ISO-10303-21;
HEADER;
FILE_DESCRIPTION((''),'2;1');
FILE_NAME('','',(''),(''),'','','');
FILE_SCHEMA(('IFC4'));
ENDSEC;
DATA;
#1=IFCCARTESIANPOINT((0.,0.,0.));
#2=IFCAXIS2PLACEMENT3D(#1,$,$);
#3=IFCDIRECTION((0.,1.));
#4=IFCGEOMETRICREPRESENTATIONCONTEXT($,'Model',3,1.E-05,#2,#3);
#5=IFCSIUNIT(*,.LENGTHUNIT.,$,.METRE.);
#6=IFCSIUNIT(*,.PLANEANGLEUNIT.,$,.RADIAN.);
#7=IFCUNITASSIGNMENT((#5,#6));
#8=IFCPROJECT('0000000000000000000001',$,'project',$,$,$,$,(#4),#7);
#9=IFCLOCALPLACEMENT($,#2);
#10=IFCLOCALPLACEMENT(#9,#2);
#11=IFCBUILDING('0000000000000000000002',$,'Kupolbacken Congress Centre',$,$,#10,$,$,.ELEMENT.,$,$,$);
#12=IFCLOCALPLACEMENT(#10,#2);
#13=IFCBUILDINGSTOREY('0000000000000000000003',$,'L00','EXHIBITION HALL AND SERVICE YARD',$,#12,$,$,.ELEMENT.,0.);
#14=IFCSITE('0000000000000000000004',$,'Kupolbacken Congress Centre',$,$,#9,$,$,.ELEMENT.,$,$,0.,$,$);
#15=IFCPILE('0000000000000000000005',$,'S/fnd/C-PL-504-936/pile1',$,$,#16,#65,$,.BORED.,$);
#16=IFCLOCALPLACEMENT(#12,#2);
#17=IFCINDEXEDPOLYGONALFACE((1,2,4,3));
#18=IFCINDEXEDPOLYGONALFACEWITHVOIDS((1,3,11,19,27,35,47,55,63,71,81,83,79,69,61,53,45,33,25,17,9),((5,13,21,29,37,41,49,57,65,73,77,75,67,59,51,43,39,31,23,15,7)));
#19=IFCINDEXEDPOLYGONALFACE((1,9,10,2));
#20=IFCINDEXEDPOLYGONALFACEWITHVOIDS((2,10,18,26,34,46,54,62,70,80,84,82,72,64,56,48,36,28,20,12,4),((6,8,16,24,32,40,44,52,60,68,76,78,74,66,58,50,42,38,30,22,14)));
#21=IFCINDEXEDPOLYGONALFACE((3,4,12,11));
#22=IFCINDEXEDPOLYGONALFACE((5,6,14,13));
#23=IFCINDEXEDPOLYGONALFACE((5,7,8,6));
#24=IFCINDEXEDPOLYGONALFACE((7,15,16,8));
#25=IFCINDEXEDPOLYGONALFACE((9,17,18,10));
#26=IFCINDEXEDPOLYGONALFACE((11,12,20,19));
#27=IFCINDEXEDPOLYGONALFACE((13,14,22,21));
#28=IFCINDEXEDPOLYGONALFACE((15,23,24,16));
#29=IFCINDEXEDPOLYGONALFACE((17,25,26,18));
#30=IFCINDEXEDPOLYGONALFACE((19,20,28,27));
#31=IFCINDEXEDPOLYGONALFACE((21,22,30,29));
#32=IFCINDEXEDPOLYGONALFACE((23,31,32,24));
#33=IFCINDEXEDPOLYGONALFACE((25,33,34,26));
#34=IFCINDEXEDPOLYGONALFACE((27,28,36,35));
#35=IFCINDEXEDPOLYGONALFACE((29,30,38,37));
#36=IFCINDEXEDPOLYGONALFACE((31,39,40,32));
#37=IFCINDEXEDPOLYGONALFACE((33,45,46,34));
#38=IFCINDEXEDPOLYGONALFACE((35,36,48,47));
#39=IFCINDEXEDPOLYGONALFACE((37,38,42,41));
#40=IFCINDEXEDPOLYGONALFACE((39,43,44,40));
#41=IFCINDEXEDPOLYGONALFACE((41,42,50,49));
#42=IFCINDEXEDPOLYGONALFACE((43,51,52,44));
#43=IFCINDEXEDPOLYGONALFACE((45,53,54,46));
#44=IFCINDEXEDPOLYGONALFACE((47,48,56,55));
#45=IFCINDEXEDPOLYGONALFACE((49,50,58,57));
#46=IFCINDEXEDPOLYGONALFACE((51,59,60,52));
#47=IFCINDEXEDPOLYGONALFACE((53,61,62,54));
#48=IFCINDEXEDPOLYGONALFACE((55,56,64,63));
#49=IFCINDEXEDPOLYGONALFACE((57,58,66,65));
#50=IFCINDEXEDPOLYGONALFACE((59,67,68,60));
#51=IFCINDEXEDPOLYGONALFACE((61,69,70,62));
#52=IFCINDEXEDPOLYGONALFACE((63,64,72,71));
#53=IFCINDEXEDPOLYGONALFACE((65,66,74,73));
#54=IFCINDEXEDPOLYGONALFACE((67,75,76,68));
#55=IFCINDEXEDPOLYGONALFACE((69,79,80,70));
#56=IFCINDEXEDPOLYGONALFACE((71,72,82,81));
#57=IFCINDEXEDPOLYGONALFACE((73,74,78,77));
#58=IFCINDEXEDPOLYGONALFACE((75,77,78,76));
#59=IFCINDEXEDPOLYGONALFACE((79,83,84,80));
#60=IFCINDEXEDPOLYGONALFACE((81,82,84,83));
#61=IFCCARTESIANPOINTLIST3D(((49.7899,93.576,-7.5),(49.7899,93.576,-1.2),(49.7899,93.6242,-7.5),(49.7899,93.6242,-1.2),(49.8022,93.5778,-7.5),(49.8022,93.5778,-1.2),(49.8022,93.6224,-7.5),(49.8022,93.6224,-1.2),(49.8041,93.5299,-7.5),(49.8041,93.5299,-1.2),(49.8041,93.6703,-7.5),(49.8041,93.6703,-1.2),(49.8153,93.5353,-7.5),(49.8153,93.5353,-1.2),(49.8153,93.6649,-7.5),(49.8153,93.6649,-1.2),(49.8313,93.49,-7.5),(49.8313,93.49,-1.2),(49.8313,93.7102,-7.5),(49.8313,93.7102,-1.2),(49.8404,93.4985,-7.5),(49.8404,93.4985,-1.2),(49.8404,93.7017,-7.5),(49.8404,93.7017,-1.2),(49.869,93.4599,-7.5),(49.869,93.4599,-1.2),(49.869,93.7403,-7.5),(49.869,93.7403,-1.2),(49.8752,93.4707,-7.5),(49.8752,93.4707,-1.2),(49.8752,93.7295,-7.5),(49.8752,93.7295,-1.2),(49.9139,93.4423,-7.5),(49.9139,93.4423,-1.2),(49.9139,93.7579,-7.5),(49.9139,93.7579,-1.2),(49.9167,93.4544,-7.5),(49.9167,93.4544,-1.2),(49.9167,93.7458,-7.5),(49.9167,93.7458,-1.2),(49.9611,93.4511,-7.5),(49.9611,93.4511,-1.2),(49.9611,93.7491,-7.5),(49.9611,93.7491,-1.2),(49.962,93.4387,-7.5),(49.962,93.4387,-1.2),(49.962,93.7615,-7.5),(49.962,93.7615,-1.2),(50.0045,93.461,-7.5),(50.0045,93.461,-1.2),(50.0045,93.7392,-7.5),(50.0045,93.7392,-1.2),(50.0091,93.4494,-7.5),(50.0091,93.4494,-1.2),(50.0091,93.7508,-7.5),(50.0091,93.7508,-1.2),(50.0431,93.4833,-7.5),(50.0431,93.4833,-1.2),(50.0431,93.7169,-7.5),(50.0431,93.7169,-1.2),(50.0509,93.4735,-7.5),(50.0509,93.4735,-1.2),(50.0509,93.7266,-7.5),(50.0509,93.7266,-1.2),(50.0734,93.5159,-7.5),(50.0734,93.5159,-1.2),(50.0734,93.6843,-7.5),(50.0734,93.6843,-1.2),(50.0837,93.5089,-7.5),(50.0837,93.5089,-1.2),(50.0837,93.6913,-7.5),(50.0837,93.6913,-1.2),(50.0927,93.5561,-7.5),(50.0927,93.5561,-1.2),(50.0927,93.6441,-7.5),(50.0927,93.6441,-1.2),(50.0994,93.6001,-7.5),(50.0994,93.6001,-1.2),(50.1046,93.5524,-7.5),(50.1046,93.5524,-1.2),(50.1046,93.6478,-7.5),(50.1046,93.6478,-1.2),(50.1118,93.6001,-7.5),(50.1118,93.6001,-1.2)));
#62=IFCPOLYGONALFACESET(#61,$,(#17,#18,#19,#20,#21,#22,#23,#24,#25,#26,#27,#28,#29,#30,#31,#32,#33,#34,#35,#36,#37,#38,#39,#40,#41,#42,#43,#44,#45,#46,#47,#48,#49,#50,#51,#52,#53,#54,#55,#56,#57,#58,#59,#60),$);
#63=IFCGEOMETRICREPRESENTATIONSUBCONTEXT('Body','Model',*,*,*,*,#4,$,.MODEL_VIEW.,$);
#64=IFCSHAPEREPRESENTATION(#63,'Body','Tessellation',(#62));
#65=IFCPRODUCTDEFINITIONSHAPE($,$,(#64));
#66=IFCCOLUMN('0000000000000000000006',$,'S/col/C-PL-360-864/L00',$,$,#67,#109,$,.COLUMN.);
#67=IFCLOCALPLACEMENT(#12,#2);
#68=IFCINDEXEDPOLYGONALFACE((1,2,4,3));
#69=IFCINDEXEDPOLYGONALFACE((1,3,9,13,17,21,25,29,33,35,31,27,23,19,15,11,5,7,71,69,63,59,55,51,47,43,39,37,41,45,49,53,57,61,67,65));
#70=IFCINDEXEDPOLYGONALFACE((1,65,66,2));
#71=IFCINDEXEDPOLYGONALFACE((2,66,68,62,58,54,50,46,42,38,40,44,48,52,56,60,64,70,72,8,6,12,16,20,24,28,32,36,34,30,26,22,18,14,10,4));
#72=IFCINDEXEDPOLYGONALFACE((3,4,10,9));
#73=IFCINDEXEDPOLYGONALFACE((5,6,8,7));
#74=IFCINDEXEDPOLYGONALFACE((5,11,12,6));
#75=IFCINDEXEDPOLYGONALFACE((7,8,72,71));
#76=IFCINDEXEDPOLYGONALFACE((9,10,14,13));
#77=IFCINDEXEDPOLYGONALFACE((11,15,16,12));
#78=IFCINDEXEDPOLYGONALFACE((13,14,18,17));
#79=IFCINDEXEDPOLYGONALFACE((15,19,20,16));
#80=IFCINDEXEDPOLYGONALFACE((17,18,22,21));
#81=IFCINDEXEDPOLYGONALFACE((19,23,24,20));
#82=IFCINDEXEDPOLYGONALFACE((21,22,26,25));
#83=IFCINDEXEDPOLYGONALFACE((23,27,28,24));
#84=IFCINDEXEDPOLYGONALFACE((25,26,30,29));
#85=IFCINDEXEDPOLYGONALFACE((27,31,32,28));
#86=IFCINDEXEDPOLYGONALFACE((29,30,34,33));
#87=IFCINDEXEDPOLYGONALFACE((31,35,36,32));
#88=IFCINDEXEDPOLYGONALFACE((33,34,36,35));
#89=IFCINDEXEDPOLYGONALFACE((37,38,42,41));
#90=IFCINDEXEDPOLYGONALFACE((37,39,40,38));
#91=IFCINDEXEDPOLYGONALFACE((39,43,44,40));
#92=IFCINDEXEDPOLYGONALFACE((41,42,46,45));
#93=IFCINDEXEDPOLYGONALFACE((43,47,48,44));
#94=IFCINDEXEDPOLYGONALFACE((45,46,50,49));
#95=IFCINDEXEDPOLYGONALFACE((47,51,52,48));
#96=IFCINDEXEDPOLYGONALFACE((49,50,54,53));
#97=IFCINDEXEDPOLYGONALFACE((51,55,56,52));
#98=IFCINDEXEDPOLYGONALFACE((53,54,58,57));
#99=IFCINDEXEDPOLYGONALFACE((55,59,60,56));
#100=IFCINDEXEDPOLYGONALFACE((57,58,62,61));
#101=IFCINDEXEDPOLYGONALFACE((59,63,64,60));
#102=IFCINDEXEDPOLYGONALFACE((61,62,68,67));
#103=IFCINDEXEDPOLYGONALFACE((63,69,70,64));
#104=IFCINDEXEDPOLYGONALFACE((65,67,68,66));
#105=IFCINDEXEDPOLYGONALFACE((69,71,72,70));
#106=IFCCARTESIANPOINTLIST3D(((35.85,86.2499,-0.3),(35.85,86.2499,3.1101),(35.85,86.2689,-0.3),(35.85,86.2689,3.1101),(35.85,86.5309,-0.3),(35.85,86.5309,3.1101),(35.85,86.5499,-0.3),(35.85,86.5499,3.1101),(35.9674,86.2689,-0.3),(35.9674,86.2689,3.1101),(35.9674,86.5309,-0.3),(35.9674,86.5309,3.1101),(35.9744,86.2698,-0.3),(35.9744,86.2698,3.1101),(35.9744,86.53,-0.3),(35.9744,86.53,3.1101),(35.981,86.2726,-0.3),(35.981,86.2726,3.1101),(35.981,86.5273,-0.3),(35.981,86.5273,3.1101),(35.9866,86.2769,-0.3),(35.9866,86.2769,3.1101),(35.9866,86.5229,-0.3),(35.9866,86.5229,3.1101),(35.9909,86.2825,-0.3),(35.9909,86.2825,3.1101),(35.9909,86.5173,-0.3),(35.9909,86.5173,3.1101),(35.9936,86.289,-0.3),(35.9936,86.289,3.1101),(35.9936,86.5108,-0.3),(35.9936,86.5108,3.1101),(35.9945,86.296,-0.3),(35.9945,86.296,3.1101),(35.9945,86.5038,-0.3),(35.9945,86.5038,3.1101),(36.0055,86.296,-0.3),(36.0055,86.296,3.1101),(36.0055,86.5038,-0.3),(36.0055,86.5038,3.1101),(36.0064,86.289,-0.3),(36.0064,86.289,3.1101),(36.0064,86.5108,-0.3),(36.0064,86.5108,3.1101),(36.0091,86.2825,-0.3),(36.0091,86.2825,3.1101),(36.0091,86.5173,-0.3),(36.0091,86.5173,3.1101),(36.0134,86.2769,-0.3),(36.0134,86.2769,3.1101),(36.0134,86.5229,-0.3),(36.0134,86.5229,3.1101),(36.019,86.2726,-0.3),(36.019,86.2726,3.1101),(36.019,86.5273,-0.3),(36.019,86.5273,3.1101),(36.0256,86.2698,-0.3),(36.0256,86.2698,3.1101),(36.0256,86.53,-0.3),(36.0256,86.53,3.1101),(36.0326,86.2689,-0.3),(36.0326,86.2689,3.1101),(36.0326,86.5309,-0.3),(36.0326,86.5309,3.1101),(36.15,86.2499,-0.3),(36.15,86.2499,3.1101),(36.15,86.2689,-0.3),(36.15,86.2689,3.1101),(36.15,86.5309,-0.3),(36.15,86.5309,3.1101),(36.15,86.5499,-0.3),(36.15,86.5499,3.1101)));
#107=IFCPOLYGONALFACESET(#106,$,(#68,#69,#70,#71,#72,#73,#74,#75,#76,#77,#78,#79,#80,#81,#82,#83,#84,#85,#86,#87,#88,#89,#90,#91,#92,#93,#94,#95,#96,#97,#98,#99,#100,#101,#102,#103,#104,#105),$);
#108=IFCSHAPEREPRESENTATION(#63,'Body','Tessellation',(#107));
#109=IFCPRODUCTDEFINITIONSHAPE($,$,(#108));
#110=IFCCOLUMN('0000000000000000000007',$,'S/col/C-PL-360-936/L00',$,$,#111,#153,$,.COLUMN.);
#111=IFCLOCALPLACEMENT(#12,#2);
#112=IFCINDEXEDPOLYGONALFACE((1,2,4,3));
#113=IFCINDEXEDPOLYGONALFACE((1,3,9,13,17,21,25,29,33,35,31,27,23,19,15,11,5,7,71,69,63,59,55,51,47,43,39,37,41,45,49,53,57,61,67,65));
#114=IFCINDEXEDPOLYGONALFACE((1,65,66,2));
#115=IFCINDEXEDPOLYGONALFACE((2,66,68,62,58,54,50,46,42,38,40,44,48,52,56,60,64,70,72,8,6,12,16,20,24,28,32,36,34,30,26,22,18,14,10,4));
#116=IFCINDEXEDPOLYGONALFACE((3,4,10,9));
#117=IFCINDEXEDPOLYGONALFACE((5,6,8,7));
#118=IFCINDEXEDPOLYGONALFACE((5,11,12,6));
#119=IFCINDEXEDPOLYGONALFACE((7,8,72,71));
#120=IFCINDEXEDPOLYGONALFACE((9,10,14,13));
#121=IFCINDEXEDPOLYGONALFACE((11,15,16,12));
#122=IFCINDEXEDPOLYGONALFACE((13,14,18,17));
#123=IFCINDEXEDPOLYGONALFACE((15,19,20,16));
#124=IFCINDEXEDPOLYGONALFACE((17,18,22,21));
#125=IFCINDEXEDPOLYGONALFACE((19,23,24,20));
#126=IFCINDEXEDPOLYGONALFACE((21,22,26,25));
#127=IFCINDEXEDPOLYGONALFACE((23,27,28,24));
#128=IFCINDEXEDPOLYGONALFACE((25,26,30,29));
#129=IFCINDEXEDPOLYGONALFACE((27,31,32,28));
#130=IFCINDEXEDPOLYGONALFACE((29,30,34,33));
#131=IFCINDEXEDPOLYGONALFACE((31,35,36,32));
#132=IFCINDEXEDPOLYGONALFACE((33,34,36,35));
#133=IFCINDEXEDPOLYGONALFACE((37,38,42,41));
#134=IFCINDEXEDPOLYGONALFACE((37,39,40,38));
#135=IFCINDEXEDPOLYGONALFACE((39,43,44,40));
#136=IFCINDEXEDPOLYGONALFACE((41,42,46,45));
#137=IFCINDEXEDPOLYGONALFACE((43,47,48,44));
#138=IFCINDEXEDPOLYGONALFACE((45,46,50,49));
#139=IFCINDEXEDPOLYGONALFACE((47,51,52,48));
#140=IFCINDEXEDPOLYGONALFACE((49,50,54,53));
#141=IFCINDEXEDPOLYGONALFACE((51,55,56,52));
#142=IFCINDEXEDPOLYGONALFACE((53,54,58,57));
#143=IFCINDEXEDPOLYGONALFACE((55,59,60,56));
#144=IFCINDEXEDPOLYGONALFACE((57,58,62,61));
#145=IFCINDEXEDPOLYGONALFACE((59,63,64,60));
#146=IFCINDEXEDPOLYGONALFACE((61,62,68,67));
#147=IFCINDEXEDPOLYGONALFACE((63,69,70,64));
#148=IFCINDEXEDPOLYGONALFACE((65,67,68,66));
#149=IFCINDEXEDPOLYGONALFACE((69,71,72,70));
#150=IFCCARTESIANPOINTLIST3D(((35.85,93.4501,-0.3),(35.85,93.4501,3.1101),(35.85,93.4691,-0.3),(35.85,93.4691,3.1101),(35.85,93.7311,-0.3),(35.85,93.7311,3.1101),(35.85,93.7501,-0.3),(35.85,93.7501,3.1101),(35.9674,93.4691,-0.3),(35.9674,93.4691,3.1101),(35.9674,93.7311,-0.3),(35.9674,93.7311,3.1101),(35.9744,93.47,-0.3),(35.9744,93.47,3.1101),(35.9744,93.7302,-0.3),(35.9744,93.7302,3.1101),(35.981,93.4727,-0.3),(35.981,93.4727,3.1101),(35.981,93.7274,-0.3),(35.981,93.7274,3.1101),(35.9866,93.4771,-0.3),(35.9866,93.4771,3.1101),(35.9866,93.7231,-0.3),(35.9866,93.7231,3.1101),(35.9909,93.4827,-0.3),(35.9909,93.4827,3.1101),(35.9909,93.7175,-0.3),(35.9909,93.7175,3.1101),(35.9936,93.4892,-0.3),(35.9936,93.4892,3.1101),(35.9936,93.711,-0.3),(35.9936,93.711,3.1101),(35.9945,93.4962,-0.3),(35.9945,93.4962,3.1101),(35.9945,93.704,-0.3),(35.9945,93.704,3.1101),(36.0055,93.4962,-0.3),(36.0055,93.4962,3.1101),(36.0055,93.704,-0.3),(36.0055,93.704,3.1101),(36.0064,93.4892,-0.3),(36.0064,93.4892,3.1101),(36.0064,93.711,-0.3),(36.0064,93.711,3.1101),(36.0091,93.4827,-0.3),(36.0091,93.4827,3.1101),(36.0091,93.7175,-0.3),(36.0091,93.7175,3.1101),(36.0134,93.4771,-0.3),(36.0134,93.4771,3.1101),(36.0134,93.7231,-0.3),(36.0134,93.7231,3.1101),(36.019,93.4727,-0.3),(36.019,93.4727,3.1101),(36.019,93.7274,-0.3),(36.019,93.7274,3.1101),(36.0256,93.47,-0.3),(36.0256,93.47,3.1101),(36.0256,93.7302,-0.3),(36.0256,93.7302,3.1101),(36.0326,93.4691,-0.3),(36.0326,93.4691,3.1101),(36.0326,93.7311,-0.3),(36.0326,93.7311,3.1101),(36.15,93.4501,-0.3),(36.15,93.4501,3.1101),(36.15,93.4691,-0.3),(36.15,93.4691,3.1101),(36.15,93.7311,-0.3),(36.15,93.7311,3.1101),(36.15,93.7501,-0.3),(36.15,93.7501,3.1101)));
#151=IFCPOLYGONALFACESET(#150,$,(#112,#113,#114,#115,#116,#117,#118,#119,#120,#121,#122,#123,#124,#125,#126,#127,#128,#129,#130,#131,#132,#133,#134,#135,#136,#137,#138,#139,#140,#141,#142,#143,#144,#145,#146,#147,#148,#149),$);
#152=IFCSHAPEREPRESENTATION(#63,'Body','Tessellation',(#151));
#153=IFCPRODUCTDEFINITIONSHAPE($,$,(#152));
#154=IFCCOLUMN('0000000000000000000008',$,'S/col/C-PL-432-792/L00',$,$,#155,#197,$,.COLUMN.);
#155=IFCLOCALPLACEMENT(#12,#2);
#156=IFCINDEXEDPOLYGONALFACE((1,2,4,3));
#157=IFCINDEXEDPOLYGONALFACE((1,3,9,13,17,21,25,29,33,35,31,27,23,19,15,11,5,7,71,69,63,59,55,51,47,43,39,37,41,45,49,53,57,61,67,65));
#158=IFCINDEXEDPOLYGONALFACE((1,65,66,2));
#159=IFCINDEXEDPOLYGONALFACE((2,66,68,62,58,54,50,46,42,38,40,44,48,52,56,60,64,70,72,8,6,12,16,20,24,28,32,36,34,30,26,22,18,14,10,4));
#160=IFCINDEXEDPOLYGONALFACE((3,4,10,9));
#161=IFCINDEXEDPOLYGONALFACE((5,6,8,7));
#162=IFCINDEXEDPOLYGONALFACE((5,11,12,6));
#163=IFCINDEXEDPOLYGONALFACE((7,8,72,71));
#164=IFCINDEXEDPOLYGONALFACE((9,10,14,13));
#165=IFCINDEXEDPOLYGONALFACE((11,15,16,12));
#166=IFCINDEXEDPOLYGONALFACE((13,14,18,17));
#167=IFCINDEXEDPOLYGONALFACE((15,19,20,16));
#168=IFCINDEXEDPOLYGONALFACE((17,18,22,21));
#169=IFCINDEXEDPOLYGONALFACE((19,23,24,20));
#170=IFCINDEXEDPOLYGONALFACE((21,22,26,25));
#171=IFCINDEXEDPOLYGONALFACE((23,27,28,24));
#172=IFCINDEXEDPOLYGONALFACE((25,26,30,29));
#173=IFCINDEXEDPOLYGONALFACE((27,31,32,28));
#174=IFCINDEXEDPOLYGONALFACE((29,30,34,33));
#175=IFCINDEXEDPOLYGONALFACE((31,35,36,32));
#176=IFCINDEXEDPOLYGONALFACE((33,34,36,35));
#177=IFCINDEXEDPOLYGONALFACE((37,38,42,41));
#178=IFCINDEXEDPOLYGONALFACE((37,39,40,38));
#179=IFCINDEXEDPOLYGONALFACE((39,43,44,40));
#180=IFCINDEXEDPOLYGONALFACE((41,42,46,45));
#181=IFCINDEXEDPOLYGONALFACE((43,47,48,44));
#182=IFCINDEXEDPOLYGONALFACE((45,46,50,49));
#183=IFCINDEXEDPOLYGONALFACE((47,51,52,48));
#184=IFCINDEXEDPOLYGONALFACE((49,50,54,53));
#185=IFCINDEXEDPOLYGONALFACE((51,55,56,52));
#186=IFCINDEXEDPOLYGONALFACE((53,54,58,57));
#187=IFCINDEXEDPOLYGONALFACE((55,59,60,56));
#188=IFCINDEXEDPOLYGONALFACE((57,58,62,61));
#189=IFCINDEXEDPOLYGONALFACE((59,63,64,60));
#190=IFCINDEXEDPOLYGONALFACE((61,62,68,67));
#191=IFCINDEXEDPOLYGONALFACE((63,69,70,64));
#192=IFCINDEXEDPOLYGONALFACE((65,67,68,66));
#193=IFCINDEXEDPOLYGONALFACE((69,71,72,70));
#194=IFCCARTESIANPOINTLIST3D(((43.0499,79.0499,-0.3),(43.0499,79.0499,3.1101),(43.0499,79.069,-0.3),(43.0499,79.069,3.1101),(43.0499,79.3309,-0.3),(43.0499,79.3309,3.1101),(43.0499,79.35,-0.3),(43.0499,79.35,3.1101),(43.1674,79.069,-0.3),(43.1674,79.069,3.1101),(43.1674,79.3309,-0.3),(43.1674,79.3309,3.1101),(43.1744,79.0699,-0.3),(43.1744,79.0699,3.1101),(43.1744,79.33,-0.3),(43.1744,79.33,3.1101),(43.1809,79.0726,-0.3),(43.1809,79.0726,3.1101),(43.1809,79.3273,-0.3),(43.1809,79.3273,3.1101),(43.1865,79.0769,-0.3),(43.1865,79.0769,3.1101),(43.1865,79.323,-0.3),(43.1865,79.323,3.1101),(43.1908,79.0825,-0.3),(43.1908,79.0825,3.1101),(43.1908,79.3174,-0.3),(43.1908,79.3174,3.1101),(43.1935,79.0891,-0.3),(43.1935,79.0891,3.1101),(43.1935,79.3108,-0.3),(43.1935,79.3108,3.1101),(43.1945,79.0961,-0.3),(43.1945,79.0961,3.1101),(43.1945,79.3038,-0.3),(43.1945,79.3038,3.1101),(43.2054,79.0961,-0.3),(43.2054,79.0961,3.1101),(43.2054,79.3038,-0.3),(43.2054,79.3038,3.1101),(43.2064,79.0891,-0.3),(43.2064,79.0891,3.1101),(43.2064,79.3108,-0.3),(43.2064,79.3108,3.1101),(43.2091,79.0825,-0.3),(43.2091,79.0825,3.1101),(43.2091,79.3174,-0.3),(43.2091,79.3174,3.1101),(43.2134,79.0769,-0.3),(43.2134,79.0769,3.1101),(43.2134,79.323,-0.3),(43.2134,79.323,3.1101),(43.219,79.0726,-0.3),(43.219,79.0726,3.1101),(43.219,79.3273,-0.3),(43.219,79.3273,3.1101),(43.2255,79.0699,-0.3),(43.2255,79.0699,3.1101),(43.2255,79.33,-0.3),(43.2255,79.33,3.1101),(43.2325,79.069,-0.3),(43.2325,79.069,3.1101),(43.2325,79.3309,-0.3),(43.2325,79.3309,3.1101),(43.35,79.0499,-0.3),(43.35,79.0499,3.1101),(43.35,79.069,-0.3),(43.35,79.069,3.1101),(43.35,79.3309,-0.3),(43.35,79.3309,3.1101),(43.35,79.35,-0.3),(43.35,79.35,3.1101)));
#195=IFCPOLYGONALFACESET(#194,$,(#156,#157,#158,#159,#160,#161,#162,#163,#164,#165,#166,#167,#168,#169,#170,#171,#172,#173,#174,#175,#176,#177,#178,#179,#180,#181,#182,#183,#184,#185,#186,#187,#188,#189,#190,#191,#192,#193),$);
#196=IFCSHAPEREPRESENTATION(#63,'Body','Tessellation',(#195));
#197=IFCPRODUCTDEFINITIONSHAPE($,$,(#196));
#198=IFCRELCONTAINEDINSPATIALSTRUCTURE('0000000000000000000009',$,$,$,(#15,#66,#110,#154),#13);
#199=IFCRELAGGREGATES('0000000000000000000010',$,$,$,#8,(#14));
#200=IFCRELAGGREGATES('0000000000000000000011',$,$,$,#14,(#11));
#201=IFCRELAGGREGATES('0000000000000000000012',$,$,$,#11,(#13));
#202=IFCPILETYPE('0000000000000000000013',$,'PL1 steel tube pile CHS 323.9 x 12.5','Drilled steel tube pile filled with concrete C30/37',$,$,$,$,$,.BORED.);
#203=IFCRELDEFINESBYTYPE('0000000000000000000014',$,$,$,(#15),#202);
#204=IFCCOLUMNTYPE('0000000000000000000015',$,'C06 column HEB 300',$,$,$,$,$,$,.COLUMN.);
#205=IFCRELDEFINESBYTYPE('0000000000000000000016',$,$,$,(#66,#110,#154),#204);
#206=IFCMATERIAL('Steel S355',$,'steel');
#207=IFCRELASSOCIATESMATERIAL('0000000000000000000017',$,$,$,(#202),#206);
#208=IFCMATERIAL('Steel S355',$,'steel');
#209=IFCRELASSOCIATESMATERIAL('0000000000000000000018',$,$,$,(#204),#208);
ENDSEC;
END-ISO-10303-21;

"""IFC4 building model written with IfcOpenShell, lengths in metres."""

from ifc_helpers import new_model, si_unit, direction, frame, origin, origin_2d, place, context, subcontext, project, spatial, hollow_circle, i_section, extrude, material, material_profile, profile_set, type_object, element, save


model = new_model("IFC4")

# Units and contexts
model_context = context("Model", 3, precision=1e-05, world=origin(), true_north=direction((0.0, 1.0)))
body_context = subcontext(model_context, "Body", "Model", "MODEL_VIEW")
ifc_project = project(units=[si_unit("LENGTHUNIT", "METRE"), si_unit("PLANEANGLEUNIT", "RADIAN")], contexts=[model_context])

# Site, building, storey
site_placement = place(None, origin())
site = spatial("IfcSite", under=ifc_project, at=site_placement, Name="Kupolbacken Congress Centre", CompositionType="ELEMENT", RefElevation=0.0)
building_placement = place(site_placement, origin())
building = spatial("IfcBuilding", under=site, at=building_placement, Name="Kupolbacken Congress Centre", CompositionType="ELEMENT")
storey_placement = place(building_placement, origin())
storey = spatial("IfcBuildingStorey", under=building, at=storey_placement, Name="L00", Description="EXHIBITION HALL AND SERVICE YARD", CompositionType="ELEMENT", Elevation=0.0)

# Pile
ifc_material_1 = material(Name="Steel S355", Category="steel")
ifc_material_profile_1 = material_profile(ifc_material_1, hollow_circle(Radius=0.1619, WallThickness=0.0125, at=origin_2d()), Name="CHS 323.9 x 12.5")
ifc_profile_set_1 = profile_set([ifc_material_profile_1], Name="Steel S355")
pile_type = type_object("IfcPileType", Name="PL1 steel tube pile CHS 323.9 x 12.5", Description="Drilled steel tube pile filled with concrete C30/37", PredefinedType="BORED", material=ifc_profile_set_1)
for number, where, z_axis, x_axis, name in (
    (1, (49.95, 93.6001, -1.2), (0.0, 0.0, -1.0), (1.0, 0.0, 0.0), "S/fnd/C-PL-504-936/pile1"),
):
    element("IfcPile", number, at=place(storey_placement, frame(where, z_axis=z_axis, x_axis=x_axis)), inside=storey, type_object=pile_type, Name=name, PredefinedType="BORED", context=body_context, shape_type="SweptSolid", body=[
        extrude(hollow_circle(Radius=0.1619, WallThickness=0.0125, at=origin_2d()), origin(), (0.0, 0.0, 1.0), 6.3),
    ])

# Columns
ifc_material_2 = material(Name="Steel S355", Category="steel")
ifc_material_profile_2 = material_profile(ifc_material_2, i_section(OverallWidth=0.3, OverallDepth=0.3, WebThickness=0.011, FlangeThickness=0.019, FilletRadius=0.0271, at=origin_2d()), Name="HEB 300")
ifc_profile_set_2 = profile_set([ifc_material_profile_2], Name="Steel S355")
column_type = type_object("IfcColumnType", Name="C06 column HEB 300", PredefinedType="COLUMN", material=ifc_profile_set_2)
for number, where, z_axis, x_axis, name in (
    (2, (36.0, 86.3999, -0.3), (0.0, 0.0, 1.0), (1.0, 0.0, 0.0), "S/col/C-PL-360-864/L00"),
    (3, (36.0, 93.6001, -0.3), (0.0, 0.0, 1.0), (1.0, 0.0, 0.0), "S/col/C-PL-360-936/L00"),
    (4, (43.2, 79.2, -0.3), (0.0, 0.0, 1.0), (1.0, 0.0, 0.0), "S/col/C-PL-432-792/L00"),
):
    element("IfcColumn", number, at=place(storey_placement, frame(where, z_axis=z_axis, x_axis=x_axis)), inside=storey, type_object=column_type, Name=name, PredefinedType="COLUMN", context=body_context, shape_type="SweptSolid", body=[
        extrude(i_section(OverallWidth=0.3, OverallDepth=0.3, WebThickness=0.011, FlangeThickness=0.019, FilletRadius=0.0271, at=origin_2d()), origin(), (0.0, 0.0, 1.0), 3.4102),
    ])

save(model, "model.ifc")
